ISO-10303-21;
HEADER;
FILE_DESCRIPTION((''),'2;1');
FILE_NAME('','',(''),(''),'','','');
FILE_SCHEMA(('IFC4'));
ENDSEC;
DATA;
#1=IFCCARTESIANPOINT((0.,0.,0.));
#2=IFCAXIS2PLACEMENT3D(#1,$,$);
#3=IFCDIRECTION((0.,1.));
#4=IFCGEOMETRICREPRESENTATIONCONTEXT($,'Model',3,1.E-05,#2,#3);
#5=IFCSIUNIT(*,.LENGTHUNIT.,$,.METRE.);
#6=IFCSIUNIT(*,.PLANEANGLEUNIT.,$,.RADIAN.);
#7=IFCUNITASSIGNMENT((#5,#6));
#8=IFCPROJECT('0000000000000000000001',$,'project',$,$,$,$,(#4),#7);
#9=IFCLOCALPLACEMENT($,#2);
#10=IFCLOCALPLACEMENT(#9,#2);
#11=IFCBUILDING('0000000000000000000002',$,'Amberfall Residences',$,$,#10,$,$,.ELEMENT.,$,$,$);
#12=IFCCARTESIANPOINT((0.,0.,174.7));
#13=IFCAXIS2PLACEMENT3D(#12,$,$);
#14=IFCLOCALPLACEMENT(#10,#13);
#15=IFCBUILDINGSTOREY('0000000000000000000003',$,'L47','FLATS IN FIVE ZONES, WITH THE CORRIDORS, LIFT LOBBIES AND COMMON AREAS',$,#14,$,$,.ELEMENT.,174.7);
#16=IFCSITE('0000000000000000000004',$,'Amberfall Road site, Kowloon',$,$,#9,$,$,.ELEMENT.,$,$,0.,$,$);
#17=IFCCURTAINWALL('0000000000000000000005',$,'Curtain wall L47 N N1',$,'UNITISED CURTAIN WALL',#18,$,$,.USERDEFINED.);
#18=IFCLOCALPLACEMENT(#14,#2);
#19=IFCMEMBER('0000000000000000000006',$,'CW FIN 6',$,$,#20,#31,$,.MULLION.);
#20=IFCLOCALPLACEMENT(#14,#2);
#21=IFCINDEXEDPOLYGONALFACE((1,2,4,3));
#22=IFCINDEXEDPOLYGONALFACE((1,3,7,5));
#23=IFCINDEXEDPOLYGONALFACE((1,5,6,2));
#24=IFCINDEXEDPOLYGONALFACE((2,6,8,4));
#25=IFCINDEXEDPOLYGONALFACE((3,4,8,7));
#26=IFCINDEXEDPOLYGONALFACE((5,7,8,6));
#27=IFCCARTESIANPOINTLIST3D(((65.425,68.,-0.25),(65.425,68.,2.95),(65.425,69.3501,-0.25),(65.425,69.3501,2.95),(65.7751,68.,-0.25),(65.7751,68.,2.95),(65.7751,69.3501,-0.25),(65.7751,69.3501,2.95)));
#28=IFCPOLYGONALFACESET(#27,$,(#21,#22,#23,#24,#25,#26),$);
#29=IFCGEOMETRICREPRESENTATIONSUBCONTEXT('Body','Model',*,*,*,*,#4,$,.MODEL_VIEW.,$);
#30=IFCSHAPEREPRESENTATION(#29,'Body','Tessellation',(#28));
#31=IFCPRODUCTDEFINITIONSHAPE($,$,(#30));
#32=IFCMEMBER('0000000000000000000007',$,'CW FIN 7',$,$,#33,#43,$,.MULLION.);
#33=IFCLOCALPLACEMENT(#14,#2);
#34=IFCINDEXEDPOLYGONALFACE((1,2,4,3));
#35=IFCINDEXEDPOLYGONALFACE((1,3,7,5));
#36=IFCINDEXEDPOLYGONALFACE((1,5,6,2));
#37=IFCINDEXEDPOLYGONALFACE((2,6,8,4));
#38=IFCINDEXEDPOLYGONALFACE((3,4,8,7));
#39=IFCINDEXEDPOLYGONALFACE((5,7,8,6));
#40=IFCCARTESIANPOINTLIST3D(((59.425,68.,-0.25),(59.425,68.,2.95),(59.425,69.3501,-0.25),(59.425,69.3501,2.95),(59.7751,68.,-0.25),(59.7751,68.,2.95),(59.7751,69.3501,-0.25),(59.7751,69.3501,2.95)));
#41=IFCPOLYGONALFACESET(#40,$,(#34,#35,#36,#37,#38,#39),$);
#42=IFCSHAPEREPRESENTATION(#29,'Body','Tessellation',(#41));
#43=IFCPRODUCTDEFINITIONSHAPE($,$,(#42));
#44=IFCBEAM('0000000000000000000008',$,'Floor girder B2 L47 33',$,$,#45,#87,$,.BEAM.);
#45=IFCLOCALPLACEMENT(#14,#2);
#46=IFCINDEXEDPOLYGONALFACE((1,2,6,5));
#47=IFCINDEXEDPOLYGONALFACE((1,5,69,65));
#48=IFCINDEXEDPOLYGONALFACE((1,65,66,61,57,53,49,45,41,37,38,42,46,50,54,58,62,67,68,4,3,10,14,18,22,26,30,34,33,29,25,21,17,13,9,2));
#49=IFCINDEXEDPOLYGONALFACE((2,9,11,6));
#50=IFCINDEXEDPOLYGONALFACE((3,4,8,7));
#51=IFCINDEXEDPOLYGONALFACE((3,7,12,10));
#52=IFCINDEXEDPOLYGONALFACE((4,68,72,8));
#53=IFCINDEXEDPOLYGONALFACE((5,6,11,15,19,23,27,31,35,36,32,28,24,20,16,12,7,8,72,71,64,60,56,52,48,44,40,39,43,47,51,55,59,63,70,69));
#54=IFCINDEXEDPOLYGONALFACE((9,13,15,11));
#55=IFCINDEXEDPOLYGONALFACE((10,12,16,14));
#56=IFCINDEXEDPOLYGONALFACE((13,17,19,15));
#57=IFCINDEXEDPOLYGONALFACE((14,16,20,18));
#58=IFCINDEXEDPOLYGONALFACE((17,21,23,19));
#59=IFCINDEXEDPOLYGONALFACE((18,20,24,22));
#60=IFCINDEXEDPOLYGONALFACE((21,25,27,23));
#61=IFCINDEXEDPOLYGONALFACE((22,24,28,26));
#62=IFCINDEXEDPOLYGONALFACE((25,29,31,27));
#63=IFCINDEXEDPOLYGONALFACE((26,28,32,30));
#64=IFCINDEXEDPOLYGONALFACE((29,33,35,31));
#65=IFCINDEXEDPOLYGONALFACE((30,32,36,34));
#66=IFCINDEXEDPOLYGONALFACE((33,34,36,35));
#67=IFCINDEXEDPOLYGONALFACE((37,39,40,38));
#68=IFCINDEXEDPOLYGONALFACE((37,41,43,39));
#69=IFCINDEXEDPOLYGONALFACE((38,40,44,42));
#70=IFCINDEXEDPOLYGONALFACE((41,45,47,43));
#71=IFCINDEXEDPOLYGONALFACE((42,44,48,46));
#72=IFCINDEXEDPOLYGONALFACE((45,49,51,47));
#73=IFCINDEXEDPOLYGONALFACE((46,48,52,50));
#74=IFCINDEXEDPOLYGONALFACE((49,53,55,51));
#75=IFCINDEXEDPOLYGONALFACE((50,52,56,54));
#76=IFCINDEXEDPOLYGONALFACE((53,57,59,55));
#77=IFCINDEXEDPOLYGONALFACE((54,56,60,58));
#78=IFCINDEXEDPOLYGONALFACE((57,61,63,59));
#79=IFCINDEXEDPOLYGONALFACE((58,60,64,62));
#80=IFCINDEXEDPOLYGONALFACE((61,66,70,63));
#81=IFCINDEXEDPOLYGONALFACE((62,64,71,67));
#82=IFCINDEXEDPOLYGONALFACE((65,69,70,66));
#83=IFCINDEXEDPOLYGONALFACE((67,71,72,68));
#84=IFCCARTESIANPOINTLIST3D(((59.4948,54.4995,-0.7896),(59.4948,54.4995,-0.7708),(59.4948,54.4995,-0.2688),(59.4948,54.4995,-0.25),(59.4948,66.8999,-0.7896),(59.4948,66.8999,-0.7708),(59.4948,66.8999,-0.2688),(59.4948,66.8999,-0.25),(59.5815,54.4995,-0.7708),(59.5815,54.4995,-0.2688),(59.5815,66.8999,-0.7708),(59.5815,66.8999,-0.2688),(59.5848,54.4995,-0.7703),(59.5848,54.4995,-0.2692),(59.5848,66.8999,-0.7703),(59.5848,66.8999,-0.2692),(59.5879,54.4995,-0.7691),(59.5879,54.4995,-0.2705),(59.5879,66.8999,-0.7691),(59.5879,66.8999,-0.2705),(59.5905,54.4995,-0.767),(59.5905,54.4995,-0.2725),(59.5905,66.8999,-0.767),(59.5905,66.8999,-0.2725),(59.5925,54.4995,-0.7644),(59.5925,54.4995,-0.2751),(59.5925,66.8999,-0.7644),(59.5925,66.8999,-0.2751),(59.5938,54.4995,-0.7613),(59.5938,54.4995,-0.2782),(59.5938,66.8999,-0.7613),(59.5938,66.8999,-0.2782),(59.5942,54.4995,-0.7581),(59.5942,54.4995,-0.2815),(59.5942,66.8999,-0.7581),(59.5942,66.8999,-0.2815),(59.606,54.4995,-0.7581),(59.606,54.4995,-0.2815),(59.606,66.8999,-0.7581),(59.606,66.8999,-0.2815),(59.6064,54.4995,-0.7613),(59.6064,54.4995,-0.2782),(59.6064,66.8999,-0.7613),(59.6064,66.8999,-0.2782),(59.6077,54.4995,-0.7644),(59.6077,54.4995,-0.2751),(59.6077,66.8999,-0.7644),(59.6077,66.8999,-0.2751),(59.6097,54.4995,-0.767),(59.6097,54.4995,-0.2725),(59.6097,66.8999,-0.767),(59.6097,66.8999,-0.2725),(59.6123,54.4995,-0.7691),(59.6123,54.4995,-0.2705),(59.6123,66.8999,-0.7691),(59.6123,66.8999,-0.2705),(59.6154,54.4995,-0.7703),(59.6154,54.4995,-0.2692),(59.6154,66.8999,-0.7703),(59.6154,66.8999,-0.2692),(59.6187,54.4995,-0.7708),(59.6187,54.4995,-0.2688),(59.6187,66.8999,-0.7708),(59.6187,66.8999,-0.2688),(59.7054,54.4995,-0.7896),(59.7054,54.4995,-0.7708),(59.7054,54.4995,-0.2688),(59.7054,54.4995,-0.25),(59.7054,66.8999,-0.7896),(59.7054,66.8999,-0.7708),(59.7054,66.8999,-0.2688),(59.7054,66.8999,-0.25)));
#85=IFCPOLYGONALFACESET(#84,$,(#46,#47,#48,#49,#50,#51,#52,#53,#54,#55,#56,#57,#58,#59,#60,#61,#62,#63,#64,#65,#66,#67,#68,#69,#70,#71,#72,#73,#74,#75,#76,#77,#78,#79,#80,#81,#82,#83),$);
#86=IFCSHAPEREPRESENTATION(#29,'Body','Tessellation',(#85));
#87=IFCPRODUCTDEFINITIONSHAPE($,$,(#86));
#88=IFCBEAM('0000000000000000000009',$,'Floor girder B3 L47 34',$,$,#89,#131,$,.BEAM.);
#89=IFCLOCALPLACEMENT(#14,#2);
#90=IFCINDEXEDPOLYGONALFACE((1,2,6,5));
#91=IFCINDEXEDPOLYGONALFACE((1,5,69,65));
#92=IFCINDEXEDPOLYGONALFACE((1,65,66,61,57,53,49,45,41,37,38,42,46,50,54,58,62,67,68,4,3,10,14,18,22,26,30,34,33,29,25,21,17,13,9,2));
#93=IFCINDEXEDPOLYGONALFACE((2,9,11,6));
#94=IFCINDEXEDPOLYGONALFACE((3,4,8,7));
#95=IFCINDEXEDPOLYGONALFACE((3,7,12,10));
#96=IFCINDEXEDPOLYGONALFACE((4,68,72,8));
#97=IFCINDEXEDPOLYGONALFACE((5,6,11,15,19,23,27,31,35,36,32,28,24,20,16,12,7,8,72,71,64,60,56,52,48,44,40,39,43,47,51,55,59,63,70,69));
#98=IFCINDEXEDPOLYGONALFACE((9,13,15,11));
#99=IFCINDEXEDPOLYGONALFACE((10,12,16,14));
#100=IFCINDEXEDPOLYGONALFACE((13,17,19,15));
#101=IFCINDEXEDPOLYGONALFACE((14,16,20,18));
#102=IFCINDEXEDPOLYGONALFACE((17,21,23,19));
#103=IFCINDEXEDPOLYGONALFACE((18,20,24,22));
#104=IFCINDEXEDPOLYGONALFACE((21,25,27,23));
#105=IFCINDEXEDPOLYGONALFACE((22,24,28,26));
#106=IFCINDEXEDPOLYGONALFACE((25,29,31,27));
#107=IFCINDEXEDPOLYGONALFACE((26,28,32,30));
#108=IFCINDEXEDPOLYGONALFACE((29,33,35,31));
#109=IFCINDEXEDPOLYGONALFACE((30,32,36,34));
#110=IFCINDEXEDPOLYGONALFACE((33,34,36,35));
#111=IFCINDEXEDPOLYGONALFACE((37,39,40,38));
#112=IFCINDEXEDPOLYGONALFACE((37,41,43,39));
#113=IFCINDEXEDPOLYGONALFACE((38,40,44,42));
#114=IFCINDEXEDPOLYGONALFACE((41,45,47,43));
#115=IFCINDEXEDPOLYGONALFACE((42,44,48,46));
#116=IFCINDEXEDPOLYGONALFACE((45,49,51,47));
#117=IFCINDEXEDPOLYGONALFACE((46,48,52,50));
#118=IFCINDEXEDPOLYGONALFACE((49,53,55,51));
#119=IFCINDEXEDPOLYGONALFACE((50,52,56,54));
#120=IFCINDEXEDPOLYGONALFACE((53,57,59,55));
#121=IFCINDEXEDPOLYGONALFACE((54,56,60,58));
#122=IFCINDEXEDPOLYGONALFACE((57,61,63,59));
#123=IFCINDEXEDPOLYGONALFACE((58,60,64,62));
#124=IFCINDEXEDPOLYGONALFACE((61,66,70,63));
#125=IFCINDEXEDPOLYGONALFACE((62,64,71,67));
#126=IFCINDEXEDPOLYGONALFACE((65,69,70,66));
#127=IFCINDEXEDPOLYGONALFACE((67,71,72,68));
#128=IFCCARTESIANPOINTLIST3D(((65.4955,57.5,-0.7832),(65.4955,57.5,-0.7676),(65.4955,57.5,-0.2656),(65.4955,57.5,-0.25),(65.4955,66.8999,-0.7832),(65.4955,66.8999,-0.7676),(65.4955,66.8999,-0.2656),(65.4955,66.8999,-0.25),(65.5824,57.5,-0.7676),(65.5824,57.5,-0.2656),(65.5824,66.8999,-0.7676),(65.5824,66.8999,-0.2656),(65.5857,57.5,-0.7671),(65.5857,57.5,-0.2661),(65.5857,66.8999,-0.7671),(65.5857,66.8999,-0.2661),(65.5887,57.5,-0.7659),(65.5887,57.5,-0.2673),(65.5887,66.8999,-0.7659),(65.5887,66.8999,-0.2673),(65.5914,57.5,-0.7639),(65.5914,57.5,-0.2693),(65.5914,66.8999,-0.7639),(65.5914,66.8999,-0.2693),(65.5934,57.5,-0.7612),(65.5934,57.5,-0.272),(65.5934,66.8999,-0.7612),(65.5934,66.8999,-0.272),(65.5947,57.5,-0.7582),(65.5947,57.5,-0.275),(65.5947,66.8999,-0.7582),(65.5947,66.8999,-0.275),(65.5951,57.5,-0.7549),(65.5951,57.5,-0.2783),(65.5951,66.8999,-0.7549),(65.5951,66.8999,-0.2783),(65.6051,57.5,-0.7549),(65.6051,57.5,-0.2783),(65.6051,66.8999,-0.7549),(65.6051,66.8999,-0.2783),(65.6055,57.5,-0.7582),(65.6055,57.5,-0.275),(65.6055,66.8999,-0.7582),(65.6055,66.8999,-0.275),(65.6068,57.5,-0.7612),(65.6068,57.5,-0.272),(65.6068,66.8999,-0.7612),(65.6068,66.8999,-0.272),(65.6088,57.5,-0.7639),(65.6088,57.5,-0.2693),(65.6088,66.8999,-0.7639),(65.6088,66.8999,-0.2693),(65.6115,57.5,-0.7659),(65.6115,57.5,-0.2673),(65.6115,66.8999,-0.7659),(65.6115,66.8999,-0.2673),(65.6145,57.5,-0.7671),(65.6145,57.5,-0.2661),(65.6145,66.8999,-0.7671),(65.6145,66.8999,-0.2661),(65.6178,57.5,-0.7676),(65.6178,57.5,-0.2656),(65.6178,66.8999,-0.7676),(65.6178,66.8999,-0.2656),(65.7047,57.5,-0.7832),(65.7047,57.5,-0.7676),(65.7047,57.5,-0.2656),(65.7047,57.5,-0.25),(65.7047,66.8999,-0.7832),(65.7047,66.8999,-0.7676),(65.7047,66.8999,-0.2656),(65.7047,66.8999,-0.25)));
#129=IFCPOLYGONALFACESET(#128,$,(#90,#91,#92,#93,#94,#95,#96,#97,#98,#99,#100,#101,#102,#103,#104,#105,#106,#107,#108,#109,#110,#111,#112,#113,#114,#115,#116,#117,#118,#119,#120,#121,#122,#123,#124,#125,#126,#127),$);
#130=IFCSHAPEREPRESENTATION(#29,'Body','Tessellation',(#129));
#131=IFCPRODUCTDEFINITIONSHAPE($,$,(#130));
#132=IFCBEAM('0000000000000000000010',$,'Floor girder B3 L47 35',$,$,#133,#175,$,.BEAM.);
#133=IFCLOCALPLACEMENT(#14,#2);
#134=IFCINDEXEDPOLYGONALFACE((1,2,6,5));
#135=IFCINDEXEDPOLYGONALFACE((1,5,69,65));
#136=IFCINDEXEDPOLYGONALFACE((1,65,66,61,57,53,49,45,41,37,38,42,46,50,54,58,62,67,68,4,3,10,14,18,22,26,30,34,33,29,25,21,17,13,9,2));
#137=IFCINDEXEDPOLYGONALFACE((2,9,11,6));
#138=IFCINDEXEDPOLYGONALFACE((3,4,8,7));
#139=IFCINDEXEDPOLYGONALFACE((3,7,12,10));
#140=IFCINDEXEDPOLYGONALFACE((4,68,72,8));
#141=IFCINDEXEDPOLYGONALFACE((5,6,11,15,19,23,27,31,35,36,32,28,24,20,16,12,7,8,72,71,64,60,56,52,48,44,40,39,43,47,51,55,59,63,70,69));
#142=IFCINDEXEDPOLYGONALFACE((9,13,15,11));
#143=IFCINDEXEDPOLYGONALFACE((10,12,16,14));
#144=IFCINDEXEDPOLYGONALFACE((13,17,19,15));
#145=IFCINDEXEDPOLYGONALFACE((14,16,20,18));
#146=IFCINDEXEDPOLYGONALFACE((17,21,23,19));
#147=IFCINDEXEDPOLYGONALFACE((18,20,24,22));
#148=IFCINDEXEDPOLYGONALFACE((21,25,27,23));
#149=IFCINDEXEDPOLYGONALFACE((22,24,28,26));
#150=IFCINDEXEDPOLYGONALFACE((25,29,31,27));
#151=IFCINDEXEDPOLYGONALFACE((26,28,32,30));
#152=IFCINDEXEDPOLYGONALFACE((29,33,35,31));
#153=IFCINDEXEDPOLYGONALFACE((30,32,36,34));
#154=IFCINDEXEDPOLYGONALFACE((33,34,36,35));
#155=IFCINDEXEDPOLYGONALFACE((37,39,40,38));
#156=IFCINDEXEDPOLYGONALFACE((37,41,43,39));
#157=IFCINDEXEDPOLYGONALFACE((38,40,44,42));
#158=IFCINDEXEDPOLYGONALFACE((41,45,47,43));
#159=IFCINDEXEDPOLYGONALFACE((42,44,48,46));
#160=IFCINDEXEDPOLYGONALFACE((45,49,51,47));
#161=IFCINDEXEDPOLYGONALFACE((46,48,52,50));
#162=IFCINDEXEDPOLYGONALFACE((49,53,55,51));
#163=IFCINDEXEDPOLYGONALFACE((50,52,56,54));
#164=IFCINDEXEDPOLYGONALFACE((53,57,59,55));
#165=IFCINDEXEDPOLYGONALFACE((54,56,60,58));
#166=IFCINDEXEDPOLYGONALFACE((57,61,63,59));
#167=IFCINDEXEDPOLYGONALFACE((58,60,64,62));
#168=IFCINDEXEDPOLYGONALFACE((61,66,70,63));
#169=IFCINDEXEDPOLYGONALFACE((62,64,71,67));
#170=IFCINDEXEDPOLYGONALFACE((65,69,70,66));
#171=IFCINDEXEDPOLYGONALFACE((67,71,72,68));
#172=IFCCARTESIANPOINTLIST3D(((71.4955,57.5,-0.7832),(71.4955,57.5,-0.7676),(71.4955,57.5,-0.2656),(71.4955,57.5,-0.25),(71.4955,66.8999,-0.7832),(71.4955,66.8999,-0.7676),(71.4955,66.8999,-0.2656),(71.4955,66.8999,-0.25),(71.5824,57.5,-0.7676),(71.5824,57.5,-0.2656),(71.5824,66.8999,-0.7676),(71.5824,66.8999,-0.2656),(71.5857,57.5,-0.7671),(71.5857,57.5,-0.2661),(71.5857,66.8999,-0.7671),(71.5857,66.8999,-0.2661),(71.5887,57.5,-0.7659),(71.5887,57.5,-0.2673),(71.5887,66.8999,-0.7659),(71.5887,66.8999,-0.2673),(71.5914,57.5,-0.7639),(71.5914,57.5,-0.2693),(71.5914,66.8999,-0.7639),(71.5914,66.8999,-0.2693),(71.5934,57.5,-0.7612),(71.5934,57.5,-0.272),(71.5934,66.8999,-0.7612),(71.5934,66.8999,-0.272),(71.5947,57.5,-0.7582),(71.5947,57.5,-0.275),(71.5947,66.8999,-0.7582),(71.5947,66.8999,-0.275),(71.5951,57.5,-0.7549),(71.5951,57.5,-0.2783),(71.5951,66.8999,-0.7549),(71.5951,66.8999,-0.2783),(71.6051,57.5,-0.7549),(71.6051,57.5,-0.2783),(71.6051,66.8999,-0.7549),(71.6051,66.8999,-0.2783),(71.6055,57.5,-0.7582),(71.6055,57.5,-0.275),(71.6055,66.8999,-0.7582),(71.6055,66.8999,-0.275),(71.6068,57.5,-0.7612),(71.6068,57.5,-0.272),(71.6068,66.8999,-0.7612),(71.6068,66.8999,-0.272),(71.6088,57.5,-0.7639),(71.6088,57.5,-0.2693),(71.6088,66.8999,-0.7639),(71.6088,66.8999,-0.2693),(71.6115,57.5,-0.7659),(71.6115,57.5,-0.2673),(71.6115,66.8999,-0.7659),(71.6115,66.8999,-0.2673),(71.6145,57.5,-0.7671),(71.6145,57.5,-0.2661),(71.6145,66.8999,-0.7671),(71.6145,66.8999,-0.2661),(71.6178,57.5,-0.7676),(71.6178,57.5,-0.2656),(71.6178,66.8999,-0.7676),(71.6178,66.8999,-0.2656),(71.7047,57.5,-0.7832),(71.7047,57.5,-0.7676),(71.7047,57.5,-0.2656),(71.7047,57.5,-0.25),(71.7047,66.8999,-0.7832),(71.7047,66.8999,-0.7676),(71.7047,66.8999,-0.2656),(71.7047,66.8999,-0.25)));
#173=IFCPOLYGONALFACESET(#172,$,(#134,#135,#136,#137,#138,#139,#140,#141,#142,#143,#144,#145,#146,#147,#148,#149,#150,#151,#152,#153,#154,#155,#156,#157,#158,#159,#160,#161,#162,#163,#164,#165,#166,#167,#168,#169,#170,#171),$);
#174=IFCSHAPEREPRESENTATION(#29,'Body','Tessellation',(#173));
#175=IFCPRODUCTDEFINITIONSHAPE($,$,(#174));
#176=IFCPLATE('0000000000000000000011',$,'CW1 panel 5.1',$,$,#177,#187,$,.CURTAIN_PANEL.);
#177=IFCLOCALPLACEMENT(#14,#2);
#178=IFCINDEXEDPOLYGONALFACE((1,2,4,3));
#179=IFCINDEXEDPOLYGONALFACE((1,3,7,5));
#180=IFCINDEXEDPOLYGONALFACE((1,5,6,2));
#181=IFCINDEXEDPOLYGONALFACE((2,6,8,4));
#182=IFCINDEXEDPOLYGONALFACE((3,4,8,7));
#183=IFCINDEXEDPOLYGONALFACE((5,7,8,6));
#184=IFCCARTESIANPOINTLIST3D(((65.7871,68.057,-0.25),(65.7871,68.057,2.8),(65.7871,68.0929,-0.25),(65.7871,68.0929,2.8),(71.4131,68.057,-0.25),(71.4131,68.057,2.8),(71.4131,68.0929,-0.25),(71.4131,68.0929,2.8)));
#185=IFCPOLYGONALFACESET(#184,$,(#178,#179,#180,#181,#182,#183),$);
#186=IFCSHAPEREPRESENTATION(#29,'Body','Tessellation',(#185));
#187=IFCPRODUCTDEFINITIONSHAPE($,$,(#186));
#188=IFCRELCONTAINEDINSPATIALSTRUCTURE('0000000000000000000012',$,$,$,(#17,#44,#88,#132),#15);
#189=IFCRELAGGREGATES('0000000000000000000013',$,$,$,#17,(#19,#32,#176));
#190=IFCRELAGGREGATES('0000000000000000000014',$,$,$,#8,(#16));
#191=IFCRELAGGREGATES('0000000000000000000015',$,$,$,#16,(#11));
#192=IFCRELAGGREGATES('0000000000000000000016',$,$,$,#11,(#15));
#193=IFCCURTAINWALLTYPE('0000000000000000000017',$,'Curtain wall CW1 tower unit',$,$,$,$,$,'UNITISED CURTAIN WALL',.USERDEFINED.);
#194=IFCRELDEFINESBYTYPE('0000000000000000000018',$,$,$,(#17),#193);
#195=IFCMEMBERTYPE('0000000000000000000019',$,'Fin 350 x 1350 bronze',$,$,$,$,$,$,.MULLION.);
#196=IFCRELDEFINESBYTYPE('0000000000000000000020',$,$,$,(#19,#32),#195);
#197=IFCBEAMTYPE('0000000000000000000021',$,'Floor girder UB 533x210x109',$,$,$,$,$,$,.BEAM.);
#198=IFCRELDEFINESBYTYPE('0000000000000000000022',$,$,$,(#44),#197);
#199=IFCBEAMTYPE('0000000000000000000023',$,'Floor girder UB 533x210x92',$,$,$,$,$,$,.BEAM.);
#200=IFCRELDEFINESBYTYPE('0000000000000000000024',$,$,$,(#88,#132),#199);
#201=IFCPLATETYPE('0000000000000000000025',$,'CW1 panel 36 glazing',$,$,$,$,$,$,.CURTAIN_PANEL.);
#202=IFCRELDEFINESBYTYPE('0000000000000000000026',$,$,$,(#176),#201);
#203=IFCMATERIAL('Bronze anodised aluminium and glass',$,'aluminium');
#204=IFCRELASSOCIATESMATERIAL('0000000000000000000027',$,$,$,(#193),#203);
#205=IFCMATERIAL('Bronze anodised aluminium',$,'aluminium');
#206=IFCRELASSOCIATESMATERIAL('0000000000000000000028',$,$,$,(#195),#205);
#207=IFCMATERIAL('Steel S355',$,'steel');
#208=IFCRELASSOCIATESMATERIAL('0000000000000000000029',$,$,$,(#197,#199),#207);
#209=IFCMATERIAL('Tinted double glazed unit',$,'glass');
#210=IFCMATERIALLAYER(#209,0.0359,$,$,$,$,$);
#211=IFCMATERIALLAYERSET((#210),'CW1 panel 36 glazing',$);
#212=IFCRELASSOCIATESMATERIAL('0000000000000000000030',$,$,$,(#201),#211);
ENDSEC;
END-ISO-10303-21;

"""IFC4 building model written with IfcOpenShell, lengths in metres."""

from ifc_helpers import new_model, si_unit, direction, frame, origin, origin_2d, place, context, subcontext, project, spatial, rectangle, i_section, extrude, material, layer, layer_set, material_profile, profile_set, type_object, element, aggregate, save


model = new_model("IFC4")

# Units and contexts
model_context = context("Model", 3, precision=1e-05, world=origin(), true_north=direction((0.0, 1.0)))
body_context = subcontext(model_context, "Body", "Model", "MODEL_VIEW")
ifc_project = project(units=[si_unit("LENGTHUNIT", "METRE"), si_unit("PLANEANGLEUNIT", "RADIAN")], contexts=[model_context])

# Site, building, storey
site_placement = place(None, origin())
site = spatial("IfcSite", under=ifc_project, at=site_placement, Name="Amberfall Road site, Kowloon", CompositionType="ELEMENT", RefElevation=0.0)
building_placement = place(site_placement, origin())
building = spatial("IfcBuilding", under=site, at=building_placement, Name="Amberfall Residences", CompositionType="ELEMENT")
storey_placement = place(building_placement, frame((0.0, 0.0, 174.7)))
storey = spatial("IfcBuildingStorey", under=building, at=storey_placement, Name="L47", Description="FLATS IN FIVE ZONES, WITH THE CORRIDORS, LIFT LOBBIES AND COMMON AREAS", CompositionType="ELEMENT", Elevation=174.7)

# Curtain wall
ifc_material_1 = material(Name="Bronze anodised aluminium and glass", Category="aluminium")
curtain_wall_type = type_object("IfcCurtainWallType", Name="Curtain wall CW1 tower unit", ElementType="UNITISED CURTAIN WALL", PredefinedType="USERDEFINED", material=ifc_material_1)
curtain_wall_placement = place(storey_placement, origin())
curtain_wall = element("IfcCurtainWall", 1, at=curtain_wall_placement, inside=storey, type_object=curtain_wall_type, Name="Curtain wall L47 N N1", ObjectType="UNITISED CURTAIN WALL", PredefinedType="USERDEFINED")
ifc_material_2 = material(Name="Bronze anodised aluminium", Category="aluminium")

# Shared definitions
ifc_material_3 = material(Name="Steel S355", Category="steel")

# Members
ifc_material_profile_1 = material_profile(ifc_material_2, rectangle(XDim=1.3501, YDim=0.3501, at=origin_2d()), Name="Fin 350 x 1350 bronze")
ifc_profile_set_1 = profile_set([ifc_material_profile_1], Name="Bronze anodised aluminium")
member_type_1 = type_object("IfcMemberType", Name="Fin 350 x 1350 bronze", PredefinedType="MULLION", material=ifc_profile_set_1)
member_1_placement = place(storey_placement, frame((65.6001, 68.675, -0.25), z_axis=(0.0, 0.0, 1.0), x_axis=(0.0, -1.0, 0.0)))
member_1 = element("IfcMember", 2, at=member_1_placement, type_object=member_type_1, Name="CW FIN 6", PredefinedType="MULLION", context=body_context, shape_type="SweptSolid", body=[
    extrude(rectangle(XDim=1.3501, YDim=0.3501, at=origin_2d()), origin(), (0.0, 0.0, 1.0), 3.2),
])
member_2_placement = place(storey_placement, frame((59.6001, 68.675, -0.25), z_axis=(0.0, 0.0, 1.0), x_axis=(0.0, -1.0, 0.0)))
member_2 = element("IfcMember", 3, at=member_2_placement, type_object=member_type_1, Name="CW FIN 7", PredefinedType="MULLION", context=body_context, shape_type="SweptSolid", body=[
    extrude(rectangle(XDim=1.3501, YDim=0.3501, at=origin_2d()), origin(), (0.0, 0.0, 1.0), 3.2),
])

# Beams
ifc_material_profile_2 = material_profile(ifc_material_3, i_section(OverallWidth=0.2107, OverallDepth=0.5396, WebThickness=0.0117, FlangeThickness=0.0188, FilletRadius=0.0127, at=origin_2d()), Name="UB 533x210x109")
ifc_profile_set_2 = profile_set([ifc_material_profile_2], Name="Steel S355")
beam_type_1 = type_object("IfcBeamType", Name="Floor girder UB 533x210x109", PredefinedType="BEAM", material=ifc_profile_set_2)
beam_placement = place(storey_placement, frame((59.6001, 66.8999, -0.5198), z_axis=(0.0, -1.0, 0.0), x_axis=(1.0, 0.0, 0.0)))
element("IfcBeam", 4, at=beam_placement, inside=storey, type_object=beam_type_1, Name="Floor girder B2 L47 33", PredefinedType="BEAM", context=body_context, shape_type="SweptSolid", body=[
    extrude(i_section(OverallWidth=0.2107, OverallDepth=0.5396, WebThickness=0.0117, FlangeThickness=0.0188, FilletRadius=0.0127, at=origin_2d()), origin(), (0.0, 0.0, 1.0), 12.4004),
])
ifc_material_profile_3 = material_profile(ifc_material_3, i_section(OverallWidth=0.2092, OverallDepth=0.5332, WebThickness=0.01, FlangeThickness=0.0156, FilletRadius=0.0127, at=origin_2d()), Name="UB 533x210x92")
ifc_profile_set_3 = profile_set([ifc_material_profile_3], Name="Steel S355")
beam_type_2 = type_object("IfcBeamType", Name="Floor girder UB 533x210x92", PredefinedType="BEAM", material=ifc_profile_set_3)
for number, where, z_axis, x_axis, name in (
    (5, (65.6001, 66.8999, -0.5166), (0.0, -1.0, 0.0), (1.0, 0.0, 0.0), "Floor girder B3 L47 34"),
    (6, (71.6001, 66.8999, -0.5166), (0.0, -1.0, 0.0), (1.0, 0.0, 0.0), "Floor girder B3 L47 35"),
):
    element("IfcBeam", number, at=place(storey_placement, frame(where, z_axis=z_axis, x_axis=x_axis)), inside=storey, type_object=beam_type_2, Name=name, PredefinedType="BEAM", context=body_context, shape_type="SweptSolid", body=[
        extrude(i_section(OverallWidth=0.2092, OverallDepth=0.5332, WebThickness=0.01, FlangeThickness=0.0156, FilletRadius=0.0127, at=origin_2d()), origin(), (0.0, 0.0, 1.0), 9.3999),
    ])

# Plate
ifc_material_4 = material(Name="Tinted double glazed unit", Category="glass")
ifc_layer_1 = layer(ifc_material_4, 0.0359)
ifc_layer_set_1 = layer_set([ifc_layer_1], Name="CW1 panel 36 glazing")
plate_type = type_object("IfcPlateType", Name="CW1 panel 36 glazing", PredefinedType="CURTAIN_PANEL", material=ifc_layer_set_1)
plate_1_placement = place(storey_placement, frame((68.6001, 68.075, -0.25), z_axis=(0.0, 0.0, 1.0), x_axis=(-1.0, 0.0, 0.0)))
plate_1 = element("IfcPlate", 7, at=plate_1_placement, type_object=plate_type, Name="CW1 panel 5.1", PredefinedType="CURTAIN_PANEL", context=body_context, shape_type="SweptSolid", body=[
    extrude(rectangle(XDim=5.626, YDim=0.0359, at=origin_2d()), origin(), (0.0, 0.0, 1.0), 3.05),
])
aggregate(curtain_wall, [member_1, member_2, plate_1])

save(model, "model.ifc")
